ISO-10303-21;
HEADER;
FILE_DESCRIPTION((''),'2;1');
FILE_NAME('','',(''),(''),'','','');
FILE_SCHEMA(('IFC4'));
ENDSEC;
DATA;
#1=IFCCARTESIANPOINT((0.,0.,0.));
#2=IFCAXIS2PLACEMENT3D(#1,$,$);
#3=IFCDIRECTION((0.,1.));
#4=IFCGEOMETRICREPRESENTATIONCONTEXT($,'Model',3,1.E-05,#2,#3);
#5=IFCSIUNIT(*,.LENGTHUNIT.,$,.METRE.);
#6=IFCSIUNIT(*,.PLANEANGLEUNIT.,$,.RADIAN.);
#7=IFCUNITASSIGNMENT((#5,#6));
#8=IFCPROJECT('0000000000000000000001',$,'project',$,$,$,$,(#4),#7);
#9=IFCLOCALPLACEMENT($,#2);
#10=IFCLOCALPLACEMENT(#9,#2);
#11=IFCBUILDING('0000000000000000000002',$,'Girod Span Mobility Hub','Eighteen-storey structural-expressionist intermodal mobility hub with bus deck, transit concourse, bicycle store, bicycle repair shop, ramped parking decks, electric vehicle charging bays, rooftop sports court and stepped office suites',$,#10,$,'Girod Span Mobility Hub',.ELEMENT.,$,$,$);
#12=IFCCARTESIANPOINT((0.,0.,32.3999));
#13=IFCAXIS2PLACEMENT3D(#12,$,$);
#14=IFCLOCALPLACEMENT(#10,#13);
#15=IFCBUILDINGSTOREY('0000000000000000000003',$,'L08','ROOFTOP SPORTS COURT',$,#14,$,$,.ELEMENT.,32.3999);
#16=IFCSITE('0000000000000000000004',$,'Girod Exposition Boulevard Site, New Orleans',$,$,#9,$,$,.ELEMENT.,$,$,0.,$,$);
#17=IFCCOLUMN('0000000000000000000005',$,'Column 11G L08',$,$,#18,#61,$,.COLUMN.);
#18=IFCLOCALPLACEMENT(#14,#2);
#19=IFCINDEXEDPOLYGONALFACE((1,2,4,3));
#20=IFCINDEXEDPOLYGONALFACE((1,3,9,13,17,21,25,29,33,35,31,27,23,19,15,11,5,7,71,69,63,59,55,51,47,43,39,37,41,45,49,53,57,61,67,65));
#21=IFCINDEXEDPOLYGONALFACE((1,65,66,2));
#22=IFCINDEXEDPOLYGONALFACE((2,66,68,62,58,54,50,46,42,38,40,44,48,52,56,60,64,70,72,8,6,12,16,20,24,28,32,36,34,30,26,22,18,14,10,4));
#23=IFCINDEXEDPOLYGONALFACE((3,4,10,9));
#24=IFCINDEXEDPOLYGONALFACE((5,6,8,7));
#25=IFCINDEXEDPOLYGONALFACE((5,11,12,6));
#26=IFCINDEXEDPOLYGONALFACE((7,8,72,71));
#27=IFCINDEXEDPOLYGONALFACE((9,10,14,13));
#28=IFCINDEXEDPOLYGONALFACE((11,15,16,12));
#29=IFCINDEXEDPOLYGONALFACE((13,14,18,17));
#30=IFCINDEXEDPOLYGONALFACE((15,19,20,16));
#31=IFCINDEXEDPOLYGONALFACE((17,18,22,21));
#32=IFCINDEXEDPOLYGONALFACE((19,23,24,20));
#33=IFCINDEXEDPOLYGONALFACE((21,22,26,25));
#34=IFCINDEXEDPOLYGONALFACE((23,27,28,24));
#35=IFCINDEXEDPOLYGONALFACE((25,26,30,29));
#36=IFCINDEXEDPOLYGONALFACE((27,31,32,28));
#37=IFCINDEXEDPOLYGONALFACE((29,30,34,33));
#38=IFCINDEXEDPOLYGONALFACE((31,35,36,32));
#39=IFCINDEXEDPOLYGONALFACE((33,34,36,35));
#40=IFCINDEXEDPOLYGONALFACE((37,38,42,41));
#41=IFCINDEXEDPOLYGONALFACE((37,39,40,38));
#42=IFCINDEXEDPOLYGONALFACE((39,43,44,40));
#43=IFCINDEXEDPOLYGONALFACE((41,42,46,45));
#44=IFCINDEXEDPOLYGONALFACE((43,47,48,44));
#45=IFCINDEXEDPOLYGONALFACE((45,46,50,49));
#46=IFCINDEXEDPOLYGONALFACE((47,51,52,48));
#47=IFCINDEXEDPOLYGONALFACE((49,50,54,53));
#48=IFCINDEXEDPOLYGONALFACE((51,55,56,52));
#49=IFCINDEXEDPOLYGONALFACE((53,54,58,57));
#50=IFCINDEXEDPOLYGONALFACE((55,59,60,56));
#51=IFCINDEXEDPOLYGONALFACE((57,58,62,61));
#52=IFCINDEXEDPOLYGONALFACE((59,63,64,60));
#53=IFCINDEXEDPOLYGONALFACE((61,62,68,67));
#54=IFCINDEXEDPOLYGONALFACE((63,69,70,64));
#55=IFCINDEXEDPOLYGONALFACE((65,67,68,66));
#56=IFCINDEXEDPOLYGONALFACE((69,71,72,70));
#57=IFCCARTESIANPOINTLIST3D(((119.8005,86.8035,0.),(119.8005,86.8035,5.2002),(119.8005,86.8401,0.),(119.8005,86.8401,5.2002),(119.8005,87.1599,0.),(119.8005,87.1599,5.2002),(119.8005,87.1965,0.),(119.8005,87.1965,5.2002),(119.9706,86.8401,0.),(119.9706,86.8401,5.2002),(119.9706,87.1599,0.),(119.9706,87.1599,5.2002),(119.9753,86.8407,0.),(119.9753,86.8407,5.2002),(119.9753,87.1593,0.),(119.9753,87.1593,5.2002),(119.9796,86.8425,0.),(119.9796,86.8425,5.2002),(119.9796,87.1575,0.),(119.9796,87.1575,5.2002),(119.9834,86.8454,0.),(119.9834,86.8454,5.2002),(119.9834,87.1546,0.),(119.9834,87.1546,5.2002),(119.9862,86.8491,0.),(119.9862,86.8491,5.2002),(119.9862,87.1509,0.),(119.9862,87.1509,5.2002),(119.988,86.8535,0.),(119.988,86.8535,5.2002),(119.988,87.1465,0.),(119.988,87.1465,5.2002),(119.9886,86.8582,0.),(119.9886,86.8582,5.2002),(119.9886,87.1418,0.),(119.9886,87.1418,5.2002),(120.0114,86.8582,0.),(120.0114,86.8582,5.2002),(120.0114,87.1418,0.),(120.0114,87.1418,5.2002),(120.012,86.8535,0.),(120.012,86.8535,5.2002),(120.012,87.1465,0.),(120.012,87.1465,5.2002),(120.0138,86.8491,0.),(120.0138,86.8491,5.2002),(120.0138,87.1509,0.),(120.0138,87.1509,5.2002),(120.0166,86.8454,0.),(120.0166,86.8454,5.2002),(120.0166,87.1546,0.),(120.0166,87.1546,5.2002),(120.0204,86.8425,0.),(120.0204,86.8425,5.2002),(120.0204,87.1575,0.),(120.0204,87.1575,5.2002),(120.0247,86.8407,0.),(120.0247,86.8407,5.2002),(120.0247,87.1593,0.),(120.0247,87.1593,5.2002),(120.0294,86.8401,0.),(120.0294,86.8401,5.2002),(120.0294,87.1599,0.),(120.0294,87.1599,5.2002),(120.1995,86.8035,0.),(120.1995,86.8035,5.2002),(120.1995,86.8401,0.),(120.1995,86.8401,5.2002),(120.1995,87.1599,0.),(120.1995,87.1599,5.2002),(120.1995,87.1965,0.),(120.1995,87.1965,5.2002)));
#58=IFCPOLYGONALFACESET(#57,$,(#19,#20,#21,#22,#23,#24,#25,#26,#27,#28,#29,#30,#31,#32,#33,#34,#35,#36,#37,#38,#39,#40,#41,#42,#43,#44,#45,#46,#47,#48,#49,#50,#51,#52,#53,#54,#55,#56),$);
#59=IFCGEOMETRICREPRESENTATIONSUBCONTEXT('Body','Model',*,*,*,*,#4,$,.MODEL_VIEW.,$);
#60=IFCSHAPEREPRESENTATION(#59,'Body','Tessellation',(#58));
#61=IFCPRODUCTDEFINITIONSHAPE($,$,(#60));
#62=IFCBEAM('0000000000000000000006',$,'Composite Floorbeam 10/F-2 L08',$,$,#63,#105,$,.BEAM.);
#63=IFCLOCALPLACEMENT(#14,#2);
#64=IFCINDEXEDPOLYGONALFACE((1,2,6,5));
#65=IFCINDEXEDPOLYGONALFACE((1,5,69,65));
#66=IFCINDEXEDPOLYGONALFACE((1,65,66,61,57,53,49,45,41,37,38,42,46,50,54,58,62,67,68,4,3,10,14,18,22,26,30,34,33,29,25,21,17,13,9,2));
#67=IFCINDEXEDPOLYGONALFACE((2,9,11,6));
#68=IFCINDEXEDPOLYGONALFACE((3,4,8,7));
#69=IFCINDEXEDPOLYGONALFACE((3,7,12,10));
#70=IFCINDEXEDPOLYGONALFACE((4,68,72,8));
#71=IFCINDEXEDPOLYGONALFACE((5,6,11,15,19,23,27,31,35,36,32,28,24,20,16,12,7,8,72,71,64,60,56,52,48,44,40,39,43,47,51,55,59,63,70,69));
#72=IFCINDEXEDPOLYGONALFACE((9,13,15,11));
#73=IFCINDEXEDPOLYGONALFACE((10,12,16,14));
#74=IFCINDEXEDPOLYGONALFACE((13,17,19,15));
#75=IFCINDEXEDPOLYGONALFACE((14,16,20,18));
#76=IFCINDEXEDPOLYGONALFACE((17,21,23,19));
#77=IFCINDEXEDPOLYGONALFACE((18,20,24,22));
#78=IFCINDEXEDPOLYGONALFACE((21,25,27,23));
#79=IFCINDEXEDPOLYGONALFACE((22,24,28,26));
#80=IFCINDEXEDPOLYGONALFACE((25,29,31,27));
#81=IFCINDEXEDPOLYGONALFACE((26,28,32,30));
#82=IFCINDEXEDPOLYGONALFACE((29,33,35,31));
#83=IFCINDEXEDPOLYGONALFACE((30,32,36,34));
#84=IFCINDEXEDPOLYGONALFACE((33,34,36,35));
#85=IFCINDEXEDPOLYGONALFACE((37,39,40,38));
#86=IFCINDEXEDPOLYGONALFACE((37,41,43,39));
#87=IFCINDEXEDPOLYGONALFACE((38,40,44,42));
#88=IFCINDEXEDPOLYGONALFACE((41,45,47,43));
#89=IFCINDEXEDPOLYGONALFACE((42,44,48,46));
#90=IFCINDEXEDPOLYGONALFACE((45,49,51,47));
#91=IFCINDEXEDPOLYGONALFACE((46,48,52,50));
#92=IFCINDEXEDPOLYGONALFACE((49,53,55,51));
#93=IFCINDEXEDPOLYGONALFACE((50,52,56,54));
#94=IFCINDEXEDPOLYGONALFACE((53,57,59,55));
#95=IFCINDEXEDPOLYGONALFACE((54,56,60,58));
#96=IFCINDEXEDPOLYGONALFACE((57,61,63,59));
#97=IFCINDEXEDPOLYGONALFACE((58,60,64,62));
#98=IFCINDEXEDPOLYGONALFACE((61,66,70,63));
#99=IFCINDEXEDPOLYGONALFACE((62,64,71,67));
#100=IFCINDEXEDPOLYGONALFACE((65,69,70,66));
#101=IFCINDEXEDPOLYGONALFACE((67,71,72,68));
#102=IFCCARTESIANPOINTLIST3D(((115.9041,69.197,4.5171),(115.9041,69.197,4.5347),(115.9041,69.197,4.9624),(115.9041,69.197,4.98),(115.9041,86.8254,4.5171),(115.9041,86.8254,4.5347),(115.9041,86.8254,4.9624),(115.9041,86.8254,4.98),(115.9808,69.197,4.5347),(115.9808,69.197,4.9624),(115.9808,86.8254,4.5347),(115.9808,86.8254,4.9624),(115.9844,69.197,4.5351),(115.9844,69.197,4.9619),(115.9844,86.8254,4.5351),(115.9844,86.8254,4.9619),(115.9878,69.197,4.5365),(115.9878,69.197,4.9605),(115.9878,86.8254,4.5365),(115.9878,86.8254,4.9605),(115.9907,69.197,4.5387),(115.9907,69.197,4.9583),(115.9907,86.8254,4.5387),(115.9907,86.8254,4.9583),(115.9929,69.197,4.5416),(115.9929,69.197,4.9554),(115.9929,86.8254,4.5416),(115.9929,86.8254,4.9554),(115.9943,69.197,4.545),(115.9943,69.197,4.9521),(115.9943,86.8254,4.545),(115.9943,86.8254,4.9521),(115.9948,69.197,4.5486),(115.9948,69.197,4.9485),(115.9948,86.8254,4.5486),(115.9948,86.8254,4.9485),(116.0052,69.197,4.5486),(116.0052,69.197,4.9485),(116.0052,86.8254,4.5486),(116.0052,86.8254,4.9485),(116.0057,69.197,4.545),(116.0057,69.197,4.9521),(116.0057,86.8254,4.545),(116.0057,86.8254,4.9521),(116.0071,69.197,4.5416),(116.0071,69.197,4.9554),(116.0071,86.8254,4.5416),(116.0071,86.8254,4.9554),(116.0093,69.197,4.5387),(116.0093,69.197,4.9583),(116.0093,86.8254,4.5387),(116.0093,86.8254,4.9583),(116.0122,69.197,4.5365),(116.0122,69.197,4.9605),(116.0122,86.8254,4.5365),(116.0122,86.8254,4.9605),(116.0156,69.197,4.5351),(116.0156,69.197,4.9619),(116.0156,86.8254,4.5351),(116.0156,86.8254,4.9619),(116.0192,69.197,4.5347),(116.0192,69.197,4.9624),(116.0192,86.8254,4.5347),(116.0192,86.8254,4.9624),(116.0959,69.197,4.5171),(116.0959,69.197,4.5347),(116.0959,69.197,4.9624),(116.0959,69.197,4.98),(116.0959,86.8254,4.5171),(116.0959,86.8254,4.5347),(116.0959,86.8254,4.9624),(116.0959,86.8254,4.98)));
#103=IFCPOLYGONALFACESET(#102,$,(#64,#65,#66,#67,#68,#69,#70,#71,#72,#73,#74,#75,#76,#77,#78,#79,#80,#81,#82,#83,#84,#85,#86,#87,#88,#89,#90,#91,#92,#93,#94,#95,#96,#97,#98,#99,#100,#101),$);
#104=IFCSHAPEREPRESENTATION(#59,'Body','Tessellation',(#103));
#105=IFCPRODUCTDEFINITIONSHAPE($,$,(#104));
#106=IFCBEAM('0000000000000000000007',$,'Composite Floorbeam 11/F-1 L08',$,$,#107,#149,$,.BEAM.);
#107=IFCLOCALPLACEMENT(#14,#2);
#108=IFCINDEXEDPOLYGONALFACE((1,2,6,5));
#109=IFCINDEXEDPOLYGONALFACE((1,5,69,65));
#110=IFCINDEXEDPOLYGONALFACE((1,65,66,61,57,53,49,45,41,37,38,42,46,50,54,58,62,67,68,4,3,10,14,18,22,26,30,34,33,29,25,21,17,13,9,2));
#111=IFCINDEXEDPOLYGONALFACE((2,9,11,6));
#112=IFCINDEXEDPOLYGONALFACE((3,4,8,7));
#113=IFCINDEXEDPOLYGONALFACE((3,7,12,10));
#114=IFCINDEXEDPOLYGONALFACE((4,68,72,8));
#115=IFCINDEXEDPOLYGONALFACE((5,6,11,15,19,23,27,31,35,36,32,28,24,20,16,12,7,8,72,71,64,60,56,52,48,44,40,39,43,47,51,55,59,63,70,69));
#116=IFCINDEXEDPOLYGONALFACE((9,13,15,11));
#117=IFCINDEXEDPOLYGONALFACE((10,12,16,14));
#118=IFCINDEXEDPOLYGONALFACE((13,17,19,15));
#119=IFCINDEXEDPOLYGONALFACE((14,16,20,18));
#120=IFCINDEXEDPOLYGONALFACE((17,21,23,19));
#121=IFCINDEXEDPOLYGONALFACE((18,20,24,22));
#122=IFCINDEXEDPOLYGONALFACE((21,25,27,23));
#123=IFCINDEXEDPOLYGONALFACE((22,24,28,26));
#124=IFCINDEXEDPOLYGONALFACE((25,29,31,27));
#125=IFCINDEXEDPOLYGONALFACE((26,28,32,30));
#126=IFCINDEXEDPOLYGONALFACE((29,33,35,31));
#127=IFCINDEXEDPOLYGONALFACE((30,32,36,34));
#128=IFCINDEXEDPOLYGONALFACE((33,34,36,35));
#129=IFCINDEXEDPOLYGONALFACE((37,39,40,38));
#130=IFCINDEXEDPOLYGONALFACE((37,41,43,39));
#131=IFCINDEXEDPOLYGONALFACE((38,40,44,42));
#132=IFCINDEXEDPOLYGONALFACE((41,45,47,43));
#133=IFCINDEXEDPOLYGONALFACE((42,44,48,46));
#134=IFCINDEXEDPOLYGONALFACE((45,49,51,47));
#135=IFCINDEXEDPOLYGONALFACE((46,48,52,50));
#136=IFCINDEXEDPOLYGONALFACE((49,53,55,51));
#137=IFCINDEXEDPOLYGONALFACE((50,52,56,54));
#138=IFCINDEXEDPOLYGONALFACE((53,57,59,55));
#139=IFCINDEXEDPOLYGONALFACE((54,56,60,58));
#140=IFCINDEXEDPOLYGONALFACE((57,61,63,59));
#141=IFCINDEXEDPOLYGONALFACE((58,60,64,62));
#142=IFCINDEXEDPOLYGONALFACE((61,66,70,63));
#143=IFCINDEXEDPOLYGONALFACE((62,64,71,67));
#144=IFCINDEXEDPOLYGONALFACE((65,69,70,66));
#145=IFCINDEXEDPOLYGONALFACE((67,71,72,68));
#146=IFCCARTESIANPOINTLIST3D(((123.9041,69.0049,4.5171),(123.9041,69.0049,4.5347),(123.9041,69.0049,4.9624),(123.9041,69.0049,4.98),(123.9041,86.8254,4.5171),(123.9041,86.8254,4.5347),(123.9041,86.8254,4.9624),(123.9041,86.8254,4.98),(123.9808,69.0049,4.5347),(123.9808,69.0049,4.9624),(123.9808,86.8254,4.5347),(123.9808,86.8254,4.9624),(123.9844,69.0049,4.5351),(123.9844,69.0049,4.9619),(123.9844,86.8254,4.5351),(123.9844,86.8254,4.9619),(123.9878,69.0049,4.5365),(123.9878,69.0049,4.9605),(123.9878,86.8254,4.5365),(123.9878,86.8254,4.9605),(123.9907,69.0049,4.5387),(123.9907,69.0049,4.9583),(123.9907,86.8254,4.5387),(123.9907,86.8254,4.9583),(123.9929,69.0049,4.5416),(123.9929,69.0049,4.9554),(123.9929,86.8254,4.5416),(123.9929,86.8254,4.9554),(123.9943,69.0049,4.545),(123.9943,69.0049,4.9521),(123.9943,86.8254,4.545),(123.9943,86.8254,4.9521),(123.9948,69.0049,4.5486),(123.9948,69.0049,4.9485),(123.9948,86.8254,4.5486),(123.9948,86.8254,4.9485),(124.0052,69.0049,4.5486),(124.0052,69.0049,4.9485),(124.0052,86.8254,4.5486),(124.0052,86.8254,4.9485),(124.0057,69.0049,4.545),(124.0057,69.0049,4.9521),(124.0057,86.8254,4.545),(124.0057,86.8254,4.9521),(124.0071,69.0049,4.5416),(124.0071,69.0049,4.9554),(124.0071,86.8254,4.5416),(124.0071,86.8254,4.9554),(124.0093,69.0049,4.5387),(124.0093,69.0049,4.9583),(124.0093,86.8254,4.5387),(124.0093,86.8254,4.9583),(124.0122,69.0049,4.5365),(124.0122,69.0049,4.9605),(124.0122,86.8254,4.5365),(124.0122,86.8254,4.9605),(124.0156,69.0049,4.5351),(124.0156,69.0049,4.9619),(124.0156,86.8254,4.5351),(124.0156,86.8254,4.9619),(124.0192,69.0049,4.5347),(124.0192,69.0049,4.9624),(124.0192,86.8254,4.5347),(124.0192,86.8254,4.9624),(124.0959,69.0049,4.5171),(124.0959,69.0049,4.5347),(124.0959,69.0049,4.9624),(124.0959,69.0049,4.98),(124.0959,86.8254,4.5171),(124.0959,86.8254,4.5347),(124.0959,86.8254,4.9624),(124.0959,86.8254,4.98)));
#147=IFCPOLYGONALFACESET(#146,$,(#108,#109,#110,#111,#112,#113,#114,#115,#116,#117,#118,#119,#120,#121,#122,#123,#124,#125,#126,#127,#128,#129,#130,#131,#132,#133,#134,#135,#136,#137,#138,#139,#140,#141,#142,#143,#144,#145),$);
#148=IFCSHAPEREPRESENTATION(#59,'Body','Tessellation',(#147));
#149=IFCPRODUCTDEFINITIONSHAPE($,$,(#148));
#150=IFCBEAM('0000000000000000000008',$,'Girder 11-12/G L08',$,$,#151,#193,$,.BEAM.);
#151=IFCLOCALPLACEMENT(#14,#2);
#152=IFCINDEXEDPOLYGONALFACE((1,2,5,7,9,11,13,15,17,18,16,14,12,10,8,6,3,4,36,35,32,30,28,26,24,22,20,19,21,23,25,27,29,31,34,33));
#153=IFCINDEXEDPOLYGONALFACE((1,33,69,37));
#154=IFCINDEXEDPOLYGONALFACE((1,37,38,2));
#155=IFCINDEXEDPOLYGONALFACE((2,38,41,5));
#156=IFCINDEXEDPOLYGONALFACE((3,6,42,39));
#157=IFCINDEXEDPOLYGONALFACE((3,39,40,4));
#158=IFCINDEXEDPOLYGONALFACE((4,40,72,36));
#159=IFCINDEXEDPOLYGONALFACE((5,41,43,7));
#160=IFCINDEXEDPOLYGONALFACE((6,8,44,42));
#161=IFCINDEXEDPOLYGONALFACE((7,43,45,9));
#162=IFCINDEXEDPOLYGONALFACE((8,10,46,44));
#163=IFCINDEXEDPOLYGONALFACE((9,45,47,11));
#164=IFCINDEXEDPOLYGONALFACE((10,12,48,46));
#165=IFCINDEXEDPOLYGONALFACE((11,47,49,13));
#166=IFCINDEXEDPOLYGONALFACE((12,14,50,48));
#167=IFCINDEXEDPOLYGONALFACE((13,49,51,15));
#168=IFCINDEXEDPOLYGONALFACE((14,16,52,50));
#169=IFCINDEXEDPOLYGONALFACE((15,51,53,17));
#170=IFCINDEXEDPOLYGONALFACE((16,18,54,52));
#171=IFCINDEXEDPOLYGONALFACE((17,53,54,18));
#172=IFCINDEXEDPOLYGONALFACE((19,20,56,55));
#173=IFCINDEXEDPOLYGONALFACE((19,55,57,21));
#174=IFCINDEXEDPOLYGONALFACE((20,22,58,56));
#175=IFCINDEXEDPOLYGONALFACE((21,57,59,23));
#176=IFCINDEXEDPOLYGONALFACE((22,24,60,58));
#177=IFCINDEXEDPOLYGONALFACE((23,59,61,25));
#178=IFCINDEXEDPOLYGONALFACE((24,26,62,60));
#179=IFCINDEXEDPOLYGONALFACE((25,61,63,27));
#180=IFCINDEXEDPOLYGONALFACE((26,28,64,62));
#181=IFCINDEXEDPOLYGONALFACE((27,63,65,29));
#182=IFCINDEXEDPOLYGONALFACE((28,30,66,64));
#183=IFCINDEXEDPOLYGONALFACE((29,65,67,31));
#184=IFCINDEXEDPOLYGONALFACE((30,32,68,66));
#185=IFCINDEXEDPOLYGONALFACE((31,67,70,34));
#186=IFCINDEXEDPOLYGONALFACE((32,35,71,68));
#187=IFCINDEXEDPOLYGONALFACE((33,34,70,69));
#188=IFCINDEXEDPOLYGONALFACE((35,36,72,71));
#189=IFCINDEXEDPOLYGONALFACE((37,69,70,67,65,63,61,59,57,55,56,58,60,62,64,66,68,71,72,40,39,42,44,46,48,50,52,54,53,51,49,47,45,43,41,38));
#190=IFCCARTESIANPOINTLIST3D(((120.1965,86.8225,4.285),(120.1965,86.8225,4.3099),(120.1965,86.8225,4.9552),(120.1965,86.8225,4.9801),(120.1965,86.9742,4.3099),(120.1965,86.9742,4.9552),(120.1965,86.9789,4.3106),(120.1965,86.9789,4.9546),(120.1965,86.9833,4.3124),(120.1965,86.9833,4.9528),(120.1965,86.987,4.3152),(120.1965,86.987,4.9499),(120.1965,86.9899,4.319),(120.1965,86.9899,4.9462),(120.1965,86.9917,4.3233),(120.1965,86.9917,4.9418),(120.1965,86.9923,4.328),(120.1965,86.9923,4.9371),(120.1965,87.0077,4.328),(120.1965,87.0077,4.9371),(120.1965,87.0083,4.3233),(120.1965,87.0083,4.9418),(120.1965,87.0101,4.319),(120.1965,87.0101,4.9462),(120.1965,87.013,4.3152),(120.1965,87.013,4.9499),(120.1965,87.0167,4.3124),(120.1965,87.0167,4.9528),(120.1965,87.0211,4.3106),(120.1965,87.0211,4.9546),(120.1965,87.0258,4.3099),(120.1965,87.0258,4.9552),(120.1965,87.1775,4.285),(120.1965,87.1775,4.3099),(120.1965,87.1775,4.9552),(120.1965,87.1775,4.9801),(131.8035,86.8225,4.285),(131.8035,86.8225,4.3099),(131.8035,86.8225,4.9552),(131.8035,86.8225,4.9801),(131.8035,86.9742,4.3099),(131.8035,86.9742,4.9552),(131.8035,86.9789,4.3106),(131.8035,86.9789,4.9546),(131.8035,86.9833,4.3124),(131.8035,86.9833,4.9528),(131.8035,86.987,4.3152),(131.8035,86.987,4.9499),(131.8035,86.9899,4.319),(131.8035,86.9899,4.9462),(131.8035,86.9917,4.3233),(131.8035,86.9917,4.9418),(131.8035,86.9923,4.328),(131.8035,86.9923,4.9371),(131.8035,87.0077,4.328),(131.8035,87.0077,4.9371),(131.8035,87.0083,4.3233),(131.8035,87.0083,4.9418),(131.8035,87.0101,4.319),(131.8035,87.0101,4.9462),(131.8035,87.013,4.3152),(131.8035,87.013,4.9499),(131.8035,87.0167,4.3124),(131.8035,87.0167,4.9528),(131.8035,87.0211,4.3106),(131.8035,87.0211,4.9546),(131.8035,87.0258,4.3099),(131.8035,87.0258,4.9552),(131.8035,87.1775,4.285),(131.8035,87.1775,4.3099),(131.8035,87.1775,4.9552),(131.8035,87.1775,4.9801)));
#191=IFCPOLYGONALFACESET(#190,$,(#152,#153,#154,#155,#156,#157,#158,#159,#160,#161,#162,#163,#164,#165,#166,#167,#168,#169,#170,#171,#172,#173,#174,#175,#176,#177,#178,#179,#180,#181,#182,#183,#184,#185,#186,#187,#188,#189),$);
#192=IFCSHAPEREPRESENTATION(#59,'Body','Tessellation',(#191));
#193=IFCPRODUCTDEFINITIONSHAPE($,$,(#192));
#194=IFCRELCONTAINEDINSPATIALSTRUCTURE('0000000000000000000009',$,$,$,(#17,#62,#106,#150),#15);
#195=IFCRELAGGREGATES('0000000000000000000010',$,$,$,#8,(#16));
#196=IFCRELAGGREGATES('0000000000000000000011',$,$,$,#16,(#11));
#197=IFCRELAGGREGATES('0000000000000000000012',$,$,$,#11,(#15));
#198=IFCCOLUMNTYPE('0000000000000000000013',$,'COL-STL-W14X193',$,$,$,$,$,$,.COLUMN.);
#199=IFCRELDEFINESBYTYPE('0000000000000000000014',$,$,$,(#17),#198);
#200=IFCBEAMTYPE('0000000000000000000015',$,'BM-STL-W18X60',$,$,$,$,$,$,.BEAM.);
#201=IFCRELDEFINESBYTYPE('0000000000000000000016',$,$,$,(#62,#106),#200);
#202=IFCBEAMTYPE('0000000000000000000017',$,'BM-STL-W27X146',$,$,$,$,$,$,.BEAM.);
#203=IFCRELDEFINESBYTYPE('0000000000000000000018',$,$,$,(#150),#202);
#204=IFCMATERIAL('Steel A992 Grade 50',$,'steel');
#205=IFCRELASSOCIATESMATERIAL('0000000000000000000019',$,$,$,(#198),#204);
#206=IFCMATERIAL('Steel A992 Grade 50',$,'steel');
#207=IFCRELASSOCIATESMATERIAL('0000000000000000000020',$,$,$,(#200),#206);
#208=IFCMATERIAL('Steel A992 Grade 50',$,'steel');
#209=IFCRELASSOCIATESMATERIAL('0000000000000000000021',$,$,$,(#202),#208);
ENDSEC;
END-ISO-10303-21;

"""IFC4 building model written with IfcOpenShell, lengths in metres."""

from ifc_helpers import new_model, si_unit, direction, frame, origin, origin_2d, place, context, subcontext, project, spatial, i_section, extrude, material, material_profile, profile_set, type_object, element, save


model = new_model("IFC4")

# Units and contexts
model_context = context("Model", 3, precision=1e-05, world=origin(), true_north=direction((0.0, 1.0)))
body_context = subcontext(model_context, "Body", "Model", "MODEL_VIEW")
ifc_project = project(units=[si_unit("LENGTHUNIT", "METRE"), si_unit("PLANEANGLEUNIT", "RADIAN")], contexts=[model_context])

# Site, building, storey
site_placement = place(None, origin())
site = spatial("IfcSite", under=ifc_project, at=site_placement, Name="Girod Exposition Boulevard Site, New Orleans", CompositionType="ELEMENT", RefElevation=0.0)
building_placement = place(site_placement, origin())
building = spatial("IfcBuilding", under=site, at=building_placement, Name="Girod Span Mobility Hub", Description="Eighteen-storey structural-expressionist intermodal mobility hub with bus deck, transit concourse, bicycle store, bicycle repair shop, ramped parking decks, electric vehicle charging bays, rooftop sports court and stepped office suites", LongName="Girod Span Mobility Hub", CompositionType="ELEMENT")
storey_placement = place(building_placement, frame((0.0, 0.0, 32.3999)))
storey = spatial("IfcBuildingStorey", under=building, at=storey_placement, Name="L08", Description="ROOFTOP SPORTS COURT", CompositionType="ELEMENT", Elevation=32.3999)

# Column
ifc_material_1 = material(Name="Steel A992 Grade 50", Category="steel")
ifc_material_profile_1 = material_profile(ifc_material_1, i_section(OverallWidth=0.3989, OverallDepth=0.3931, WebThickness=0.0227, FlangeThickness=0.0366, FilletRadius=0.0181, at=origin_2d()), Name="W14X193")
ifc_profile_set_1 = profile_set([ifc_material_profile_1], Name="Steel A992 Grade 50")
column_type = type_object("IfcColumnType", Name="COL-STL-W14X193", PredefinedType="COLUMN", material=ifc_profile_set_1)
column_placement = place(storey_placement, frame((120.0, 87.0, 0.0), z_axis=(0.0, 0.0, 1.0), x_axis=(1.0, 0.0, 0.0)))
element("IfcColumn", 1, at=column_placement, inside=storey, type_object=column_type, Name="Column 11G L08", PredefinedType="COLUMN", context=body_context, shape_type="SweptSolid", body=[
    extrude(i_section(OverallWidth=0.3989, OverallDepth=0.3931, WebThickness=0.0227, FlangeThickness=0.0366, FilletRadius=0.0181, at=origin_2d()), origin(), (0.0, 0.0, 1.0), 5.2002),
])

# Beams
ifc_material_2 = material(Name="Steel A992 Grade 50", Category="steel")
ifc_material_profile_2 = material_profile(ifc_material_2, i_section(OverallWidth=0.1919, OverallDepth=0.4629, WebThickness=0.0105, FlangeThickness=0.0176, FilletRadius=0.0139, at=origin_2d()), Name="W18X60")
ifc_profile_set_2 = profile_set([ifc_material_profile_2], Name="Steel A992 Grade 50")
beam_type_1 = type_object("IfcBeamType", Name="BM-STL-W18X60", PredefinedType="BEAM", material=ifc_profile_set_2)
beam_1_placement = place(storey_placement, frame((116.0, 69.197, 4.7485), z_axis=(0.0, 1.0, 0.0), x_axis=(-1.0, 0.0, 0.0)))
element("IfcBeam", 2, at=beam_1_placement, inside=storey, type_object=beam_type_1, Name="Composite Floorbeam 10/F-2 L08", PredefinedType="BEAM", context=body_context, shape_type="SweptSolid", body=[
    extrude(i_section(OverallWidth=0.1919, OverallDepth=0.4629, WebThickness=0.0105, FlangeThickness=0.0176, FilletRadius=0.0139, at=origin_2d()), origin(), (0.0, 0.0, 1.0), 17.6284),
])
beam_2_placement = place(storey_placement, frame((124.0, 69.0049, 4.7485), z_axis=(0.0, 1.0, 0.0), x_axis=(-1.0, 0.0, 0.0)))
element("IfcBeam", 3, at=beam_2_placement, inside=storey, type_object=beam_type_1, Name="Composite Floorbeam 11/F-1 L08", PredefinedType="BEAM", context=body_context, shape_type="SweptSolid", body=[
    extrude(i_section(OverallWidth=0.1919, OverallDepth=0.4629, WebThickness=0.0105, FlangeThickness=0.0176, FilletRadius=0.0139, at=origin_2d()), origin(), (0.0, 0.0, 1.0), 17.8206),
])
ifc_material_3 = material(Name="Steel A992 Grade 50", Category="steel")
ifc_material_profile_3 = material_profile(ifc_material_3, i_section(OverallWidth=0.355, OverallDepth=0.6951, WebThickness=0.0154, FlangeThickness=0.0249, FilletRadius=0.0181, at=origin_2d()), Name="W27X146")
ifc_profile_set_3 = profile_set([ifc_material_profile_3], Name="Steel A992 Grade 50")
beam_type_2 = type_object("IfcBeamType", Name="BM-STL-W27X146", PredefinedType="BEAM", material=ifc_profile_set_3)
beam_3_placement = place(storey_placement, frame((120.1965, 87.0, 4.6326), z_axis=(1.0, 0.0, 0.0), x_axis=(0.0, 1.0, 0.0)))
element("IfcBeam", 4, at=beam_3_placement, inside=storey, type_object=beam_type_2, Name="Girder 11-12/G L08", PredefinedType="BEAM", context=body_context, shape_type="SweptSolid", body=[
    extrude(i_section(OverallWidth=0.355, OverallDepth=0.6951, WebThickness=0.0154, FlangeThickness=0.0249, FilletRadius=0.0181, at=origin_2d()), origin(), (0.0, 0.0, 1.0), 11.6069),
])

save(model, "model.ifc")
